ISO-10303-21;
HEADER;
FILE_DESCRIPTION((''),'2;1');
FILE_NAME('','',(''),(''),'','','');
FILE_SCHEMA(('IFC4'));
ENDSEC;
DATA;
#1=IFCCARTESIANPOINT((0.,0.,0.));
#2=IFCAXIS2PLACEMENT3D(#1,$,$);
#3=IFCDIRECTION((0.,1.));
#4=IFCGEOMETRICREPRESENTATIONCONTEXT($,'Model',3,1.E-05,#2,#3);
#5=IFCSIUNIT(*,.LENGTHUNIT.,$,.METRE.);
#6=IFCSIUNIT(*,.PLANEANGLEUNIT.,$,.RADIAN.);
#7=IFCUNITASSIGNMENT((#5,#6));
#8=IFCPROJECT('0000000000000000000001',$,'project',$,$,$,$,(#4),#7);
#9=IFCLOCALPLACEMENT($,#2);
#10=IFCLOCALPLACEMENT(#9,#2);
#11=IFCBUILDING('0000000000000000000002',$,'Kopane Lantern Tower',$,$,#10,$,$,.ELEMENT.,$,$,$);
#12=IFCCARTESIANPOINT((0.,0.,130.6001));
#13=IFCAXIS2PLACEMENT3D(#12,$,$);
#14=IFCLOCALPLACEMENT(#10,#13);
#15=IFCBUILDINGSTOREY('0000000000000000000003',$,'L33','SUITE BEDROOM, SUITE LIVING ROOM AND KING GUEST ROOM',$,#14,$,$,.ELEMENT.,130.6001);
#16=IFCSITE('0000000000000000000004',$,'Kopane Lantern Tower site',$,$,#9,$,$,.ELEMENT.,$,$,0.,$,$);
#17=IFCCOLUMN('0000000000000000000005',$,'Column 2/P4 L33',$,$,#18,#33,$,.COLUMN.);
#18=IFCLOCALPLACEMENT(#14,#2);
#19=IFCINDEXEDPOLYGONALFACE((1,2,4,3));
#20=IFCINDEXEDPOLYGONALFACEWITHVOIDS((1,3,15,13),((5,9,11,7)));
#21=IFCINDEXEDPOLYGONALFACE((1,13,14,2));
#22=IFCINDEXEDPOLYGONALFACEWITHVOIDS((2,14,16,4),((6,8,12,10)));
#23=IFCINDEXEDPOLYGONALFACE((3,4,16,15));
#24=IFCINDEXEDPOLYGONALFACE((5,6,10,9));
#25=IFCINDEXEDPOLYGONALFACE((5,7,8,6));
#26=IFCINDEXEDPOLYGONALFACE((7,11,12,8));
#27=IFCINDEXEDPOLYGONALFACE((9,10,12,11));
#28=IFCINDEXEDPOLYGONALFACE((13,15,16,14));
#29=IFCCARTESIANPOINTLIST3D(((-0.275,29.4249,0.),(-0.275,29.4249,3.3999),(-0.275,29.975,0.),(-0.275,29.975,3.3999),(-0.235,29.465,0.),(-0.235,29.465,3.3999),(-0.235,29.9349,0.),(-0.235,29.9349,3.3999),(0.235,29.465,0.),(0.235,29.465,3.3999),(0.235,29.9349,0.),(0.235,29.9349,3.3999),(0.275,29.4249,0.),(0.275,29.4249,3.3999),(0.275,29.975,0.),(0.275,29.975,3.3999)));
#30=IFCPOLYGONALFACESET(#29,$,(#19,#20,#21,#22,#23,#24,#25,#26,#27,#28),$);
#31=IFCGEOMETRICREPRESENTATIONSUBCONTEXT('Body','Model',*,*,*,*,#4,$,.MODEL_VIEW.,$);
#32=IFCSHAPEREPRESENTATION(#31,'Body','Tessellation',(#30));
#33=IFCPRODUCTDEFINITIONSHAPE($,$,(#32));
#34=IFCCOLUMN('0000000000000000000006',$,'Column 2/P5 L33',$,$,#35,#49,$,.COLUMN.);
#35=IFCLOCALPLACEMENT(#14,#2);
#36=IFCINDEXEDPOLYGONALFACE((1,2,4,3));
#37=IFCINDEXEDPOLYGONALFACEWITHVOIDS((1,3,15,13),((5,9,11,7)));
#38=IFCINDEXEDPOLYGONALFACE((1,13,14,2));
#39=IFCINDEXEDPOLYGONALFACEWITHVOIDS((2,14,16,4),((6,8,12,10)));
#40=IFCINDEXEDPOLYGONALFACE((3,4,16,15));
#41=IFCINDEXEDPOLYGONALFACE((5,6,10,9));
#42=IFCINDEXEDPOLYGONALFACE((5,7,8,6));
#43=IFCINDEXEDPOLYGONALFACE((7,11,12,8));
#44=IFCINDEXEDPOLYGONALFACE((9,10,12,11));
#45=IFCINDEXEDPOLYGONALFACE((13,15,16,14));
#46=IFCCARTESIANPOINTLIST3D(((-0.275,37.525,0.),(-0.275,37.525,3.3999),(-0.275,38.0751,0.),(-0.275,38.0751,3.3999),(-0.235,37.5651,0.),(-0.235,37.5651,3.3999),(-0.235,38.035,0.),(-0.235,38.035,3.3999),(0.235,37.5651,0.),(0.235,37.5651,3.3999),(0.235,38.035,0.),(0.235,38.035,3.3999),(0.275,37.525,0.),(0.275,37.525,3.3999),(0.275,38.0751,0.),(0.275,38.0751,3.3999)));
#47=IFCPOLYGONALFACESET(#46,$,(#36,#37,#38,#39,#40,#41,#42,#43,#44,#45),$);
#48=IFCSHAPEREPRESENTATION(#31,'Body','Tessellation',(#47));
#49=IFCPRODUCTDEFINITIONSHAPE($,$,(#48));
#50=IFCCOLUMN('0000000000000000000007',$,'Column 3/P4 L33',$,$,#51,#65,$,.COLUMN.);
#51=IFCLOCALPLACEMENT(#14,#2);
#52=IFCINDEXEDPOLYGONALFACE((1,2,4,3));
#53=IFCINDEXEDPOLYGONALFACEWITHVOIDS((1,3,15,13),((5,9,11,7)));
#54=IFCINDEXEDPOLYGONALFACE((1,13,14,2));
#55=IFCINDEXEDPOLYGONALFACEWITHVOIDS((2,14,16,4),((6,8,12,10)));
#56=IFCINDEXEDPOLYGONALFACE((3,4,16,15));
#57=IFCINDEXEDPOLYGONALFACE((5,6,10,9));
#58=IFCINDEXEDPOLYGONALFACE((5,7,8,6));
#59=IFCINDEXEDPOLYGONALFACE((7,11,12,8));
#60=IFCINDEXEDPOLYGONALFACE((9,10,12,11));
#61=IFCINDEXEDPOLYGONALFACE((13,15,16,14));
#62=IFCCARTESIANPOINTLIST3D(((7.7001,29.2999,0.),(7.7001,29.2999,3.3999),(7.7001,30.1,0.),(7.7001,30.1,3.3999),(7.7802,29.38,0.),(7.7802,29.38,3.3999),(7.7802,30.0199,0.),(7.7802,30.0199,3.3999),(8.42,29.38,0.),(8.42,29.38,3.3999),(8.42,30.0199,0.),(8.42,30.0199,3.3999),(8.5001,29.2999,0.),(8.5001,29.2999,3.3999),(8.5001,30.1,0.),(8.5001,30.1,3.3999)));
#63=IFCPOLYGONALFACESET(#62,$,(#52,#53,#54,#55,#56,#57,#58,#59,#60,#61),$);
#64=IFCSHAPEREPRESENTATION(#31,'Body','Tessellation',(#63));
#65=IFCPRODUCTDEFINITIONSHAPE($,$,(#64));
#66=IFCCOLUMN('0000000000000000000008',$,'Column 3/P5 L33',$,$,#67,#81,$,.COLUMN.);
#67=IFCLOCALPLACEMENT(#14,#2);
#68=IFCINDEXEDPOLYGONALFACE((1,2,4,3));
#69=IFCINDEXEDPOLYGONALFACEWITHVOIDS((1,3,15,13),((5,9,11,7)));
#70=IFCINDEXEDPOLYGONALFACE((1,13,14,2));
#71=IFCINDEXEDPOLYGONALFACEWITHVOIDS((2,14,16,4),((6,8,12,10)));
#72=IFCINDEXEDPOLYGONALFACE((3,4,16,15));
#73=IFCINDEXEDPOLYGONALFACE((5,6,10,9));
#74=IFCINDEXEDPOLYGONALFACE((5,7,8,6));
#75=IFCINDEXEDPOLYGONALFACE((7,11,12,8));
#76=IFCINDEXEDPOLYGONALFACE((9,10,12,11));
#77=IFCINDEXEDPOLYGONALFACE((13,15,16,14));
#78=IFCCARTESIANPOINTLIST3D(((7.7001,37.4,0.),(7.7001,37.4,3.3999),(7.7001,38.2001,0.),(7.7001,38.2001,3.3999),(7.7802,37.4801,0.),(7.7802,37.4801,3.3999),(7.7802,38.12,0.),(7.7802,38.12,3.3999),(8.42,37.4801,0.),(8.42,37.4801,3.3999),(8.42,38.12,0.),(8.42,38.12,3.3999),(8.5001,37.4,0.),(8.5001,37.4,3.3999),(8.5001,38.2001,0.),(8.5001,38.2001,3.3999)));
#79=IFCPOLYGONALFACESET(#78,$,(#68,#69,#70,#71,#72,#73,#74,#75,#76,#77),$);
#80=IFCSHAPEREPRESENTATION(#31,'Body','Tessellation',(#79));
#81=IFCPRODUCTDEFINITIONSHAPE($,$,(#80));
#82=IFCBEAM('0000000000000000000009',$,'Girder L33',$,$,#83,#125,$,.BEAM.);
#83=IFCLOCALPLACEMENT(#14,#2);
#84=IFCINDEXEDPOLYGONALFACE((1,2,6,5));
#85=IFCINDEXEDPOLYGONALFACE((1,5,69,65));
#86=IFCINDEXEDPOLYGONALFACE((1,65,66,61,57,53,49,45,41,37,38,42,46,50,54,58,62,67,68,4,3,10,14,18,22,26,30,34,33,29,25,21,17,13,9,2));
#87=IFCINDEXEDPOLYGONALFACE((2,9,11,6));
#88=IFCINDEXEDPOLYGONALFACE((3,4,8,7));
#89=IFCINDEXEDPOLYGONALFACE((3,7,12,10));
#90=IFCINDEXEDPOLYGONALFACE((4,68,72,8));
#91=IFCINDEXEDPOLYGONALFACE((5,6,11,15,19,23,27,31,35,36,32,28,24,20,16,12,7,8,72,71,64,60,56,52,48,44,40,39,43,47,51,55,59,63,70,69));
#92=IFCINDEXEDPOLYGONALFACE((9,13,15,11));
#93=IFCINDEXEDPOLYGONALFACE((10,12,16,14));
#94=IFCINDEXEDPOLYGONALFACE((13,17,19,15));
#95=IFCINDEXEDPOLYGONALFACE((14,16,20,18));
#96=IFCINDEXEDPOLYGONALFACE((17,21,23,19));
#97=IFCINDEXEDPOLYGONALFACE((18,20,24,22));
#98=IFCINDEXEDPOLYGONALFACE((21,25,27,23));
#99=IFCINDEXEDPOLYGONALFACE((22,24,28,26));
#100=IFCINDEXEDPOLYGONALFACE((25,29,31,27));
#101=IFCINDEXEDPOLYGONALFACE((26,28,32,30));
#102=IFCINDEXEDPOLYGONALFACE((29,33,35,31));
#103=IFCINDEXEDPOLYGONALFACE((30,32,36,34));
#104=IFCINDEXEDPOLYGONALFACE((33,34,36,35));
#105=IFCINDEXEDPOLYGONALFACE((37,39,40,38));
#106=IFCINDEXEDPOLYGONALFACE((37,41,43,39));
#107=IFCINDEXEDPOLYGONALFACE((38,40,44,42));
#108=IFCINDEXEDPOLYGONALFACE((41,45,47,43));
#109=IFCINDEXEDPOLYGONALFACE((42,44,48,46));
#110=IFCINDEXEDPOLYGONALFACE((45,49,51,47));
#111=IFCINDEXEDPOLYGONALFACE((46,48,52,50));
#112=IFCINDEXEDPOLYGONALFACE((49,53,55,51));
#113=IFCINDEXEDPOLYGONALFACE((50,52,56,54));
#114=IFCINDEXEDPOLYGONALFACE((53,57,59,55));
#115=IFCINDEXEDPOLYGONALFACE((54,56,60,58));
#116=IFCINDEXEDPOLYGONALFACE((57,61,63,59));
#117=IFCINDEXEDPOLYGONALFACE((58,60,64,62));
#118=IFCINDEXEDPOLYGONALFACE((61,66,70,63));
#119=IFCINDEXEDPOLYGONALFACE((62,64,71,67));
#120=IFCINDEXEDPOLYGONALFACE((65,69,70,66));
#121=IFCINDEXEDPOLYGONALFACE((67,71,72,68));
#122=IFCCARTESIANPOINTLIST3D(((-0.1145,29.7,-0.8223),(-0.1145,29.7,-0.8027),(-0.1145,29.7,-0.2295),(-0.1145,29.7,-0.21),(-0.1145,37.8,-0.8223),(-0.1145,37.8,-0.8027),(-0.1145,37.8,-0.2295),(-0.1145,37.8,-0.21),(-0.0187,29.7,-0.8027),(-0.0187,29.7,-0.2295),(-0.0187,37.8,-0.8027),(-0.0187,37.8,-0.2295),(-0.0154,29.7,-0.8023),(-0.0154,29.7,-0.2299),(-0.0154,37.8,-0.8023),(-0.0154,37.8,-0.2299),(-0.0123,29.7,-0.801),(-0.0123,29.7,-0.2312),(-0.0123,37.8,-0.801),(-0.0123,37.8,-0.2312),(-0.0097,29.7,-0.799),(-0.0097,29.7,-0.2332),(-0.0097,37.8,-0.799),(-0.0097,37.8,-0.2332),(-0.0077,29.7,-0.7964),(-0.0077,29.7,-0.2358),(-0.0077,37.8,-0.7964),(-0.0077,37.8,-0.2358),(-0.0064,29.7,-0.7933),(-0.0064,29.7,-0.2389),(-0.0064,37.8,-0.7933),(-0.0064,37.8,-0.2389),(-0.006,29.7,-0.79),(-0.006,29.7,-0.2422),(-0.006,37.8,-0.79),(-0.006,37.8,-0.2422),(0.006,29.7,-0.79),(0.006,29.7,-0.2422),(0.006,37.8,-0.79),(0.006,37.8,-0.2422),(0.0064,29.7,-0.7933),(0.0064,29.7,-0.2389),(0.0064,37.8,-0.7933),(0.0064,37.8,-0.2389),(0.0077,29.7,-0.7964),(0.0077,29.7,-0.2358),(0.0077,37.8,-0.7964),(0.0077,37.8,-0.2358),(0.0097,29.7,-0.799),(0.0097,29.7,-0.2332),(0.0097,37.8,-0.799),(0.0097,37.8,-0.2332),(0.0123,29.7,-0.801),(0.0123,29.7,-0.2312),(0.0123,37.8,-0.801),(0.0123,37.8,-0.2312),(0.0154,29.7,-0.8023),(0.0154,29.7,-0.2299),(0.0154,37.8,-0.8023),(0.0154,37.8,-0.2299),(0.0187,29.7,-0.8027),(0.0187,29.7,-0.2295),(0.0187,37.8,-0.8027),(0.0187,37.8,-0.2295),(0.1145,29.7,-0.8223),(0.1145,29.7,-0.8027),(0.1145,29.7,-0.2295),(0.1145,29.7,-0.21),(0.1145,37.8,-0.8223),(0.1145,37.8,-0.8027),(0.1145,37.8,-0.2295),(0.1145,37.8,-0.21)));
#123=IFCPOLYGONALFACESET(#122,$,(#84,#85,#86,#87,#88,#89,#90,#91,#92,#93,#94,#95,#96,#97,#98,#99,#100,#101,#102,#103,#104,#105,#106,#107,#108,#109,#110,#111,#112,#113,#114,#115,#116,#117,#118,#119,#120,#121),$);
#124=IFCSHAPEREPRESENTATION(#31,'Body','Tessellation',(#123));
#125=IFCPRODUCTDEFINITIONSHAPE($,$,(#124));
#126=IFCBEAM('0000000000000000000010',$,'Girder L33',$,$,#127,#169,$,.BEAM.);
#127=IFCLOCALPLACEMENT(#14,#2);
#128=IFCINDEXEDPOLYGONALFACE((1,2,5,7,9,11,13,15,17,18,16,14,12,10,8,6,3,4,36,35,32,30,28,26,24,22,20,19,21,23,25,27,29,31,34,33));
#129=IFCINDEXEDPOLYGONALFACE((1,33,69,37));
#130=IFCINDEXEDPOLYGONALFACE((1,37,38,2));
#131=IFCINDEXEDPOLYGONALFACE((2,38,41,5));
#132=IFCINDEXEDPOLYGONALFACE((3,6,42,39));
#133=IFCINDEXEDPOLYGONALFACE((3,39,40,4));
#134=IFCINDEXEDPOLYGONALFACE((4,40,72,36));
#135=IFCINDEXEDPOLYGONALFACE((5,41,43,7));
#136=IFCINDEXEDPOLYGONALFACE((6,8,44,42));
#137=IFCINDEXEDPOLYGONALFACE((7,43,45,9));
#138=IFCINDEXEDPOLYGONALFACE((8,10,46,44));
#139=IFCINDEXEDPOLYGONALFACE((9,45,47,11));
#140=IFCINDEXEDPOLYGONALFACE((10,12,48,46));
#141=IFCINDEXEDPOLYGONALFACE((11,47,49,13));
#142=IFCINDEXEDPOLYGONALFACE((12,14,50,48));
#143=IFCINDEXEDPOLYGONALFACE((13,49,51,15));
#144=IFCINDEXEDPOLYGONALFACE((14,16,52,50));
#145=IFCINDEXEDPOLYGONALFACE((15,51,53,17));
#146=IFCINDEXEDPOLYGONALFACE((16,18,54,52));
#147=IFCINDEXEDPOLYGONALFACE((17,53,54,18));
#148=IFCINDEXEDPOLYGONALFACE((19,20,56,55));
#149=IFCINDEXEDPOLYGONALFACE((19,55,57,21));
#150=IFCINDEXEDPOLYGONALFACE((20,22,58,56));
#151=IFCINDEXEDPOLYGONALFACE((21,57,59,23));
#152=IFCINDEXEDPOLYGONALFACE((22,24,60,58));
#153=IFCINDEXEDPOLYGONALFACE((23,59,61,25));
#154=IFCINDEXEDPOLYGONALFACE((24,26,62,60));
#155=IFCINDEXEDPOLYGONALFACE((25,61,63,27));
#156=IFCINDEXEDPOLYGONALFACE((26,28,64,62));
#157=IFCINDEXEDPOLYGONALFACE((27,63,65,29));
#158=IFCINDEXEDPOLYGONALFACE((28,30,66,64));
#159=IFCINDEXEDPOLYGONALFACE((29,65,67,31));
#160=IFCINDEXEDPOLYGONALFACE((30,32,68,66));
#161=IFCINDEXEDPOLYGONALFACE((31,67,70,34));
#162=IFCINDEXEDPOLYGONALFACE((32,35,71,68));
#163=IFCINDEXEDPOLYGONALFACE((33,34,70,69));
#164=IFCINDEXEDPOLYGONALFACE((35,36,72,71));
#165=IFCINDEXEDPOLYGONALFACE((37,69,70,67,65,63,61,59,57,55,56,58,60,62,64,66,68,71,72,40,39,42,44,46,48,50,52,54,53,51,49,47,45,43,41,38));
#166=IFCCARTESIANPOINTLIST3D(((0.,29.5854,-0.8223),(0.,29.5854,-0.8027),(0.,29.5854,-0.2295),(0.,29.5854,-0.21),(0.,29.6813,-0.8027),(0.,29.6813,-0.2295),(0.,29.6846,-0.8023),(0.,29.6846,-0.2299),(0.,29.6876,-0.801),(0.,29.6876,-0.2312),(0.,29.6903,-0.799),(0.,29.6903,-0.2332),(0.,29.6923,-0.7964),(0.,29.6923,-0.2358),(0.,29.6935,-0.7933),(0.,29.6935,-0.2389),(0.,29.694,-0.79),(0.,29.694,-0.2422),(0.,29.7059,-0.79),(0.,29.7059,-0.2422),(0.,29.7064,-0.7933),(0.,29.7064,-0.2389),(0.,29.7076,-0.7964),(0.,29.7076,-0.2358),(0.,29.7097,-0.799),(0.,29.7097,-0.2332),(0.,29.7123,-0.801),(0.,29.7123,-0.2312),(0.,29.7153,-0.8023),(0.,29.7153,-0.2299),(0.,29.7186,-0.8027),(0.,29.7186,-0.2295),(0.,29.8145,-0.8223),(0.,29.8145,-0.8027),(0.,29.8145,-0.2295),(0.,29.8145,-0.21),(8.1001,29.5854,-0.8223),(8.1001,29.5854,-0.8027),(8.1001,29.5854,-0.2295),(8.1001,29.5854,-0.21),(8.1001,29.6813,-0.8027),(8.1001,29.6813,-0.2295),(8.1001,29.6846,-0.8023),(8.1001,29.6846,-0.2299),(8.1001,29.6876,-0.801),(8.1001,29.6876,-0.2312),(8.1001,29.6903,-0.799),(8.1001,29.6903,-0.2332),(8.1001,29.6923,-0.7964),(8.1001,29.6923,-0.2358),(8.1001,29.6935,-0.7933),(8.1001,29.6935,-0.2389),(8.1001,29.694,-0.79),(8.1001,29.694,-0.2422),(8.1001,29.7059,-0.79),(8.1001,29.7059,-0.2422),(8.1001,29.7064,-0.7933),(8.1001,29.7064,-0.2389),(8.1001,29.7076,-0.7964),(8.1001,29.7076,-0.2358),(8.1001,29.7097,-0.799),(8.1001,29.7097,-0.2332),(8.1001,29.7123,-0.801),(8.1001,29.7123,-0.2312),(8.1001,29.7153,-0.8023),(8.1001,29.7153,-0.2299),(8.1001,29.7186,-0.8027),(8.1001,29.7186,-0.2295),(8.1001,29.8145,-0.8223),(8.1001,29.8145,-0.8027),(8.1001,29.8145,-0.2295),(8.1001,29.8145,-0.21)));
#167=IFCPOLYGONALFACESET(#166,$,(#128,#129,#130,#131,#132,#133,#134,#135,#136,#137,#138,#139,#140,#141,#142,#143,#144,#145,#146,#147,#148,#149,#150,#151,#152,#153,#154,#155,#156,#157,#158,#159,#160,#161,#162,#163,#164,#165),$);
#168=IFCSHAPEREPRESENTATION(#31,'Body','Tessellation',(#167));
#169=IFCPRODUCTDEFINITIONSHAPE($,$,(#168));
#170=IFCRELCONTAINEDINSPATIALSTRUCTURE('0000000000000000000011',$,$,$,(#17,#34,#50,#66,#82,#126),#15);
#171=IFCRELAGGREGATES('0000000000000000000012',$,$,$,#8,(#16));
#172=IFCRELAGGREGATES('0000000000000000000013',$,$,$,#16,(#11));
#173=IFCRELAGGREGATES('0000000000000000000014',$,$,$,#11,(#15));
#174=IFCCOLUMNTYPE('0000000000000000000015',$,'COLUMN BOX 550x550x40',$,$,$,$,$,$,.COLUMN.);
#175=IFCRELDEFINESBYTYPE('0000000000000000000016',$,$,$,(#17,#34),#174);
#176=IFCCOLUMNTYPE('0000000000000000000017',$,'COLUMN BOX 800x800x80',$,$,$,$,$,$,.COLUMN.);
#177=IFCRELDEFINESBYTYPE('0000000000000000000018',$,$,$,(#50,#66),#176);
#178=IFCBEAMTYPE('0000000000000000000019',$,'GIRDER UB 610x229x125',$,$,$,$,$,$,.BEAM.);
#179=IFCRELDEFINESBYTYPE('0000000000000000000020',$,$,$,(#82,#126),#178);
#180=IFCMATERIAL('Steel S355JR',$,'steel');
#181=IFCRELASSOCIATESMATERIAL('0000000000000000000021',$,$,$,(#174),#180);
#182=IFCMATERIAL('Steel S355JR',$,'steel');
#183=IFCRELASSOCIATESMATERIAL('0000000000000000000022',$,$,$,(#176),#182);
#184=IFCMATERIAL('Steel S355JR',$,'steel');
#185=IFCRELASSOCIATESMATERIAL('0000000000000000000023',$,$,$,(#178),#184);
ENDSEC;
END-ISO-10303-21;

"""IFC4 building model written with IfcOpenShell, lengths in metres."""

from ifc_helpers import new_model, si_unit, direction, frame, origin, origin_2d, place, context, subcontext, project, spatial, hollow_rectangle, i_section, extrude, material, material_profile, profile_set, type_object, element, save


model = new_model("IFC4")

# Units and contexts
model_context = context("Model", 3, precision=1e-05, world=origin(), true_north=direction((0.0, 1.0)))
body_context = subcontext(model_context, "Body", "Model", "MODEL_VIEW")
ifc_project = project(units=[si_unit("LENGTHUNIT", "METRE"), si_unit("PLANEANGLEUNIT", "RADIAN")], contexts=[model_context])

# Site, building, storey
site_placement = place(None, origin())
site = spatial("IfcSite", under=ifc_project, at=site_placement, Name="Kopane Lantern Tower site", CompositionType="ELEMENT", RefElevation=0.0)
building_placement = place(site_placement, origin())
building = spatial("IfcBuilding", under=site, at=building_placement, Name="Kopane Lantern Tower", CompositionType="ELEMENT")
storey_placement = place(building_placement, frame((0.0, 0.0, 130.6001)))
storey = spatial("IfcBuildingStorey", under=building, at=storey_placement, Name="L33", Description="SUITE BEDROOM, SUITE LIVING ROOM AND KING GUEST ROOM", CompositionType="ELEMENT", Elevation=130.6001)

# Columns
ifc_material_1 = material(Name="Steel S355JR", Category="steel")
ifc_material_profile_1 = material_profile(ifc_material_1, hollow_rectangle(XDim=0.55, YDim=0.55, WallThickness=0.04, at=origin_2d()), Name="BOX 550x550x40")
ifc_profile_set_1 = profile_set([ifc_material_profile_1], Name="Steel S355JR")
column_type_1 = type_object("IfcColumnType", Name="COLUMN BOX 550x550x40", PredefinedType="COLUMN", material=ifc_profile_set_1)
for number, where, z_axis, x_axis, name in (
    (1, (0.0, 29.7, 0.0), (0.0, 0.0, 1.0), (1.0, 0.0, 0.0), "Column 2/P4 L33"),
    (2, (0.0, 37.8, 0.0), (0.0, 0.0, 1.0), (1.0, 0.0, 0.0), "Column 2/P5 L33"),
):
    element("IfcColumn", number, at=place(storey_placement, frame(where, z_axis=z_axis, x_axis=x_axis)), inside=storey, type_object=column_type_1, Name=name, PredefinedType="COLUMN", context=body_context, shape_type="SweptSolid", body=[
        extrude(hollow_rectangle(XDim=0.55, YDim=0.55, WallThickness=0.04, at=origin_2d()), origin(), (0.0, 0.0, 1.0), 3.3999),
    ])
ifc_material_2 = material(Name="Steel S355JR", Category="steel")
ifc_material_profile_2 = material_profile(ifc_material_2, hollow_rectangle(XDim=0.8, YDim=0.8, WallThickness=0.0801, at=origin_2d()), Name="BOX 800x800x80")
ifc_profile_set_2 = profile_set([ifc_material_profile_2], Name="Steel S355JR")
column_type_2 = type_object("IfcColumnType", Name="COLUMN BOX 800x800x80", PredefinedType="COLUMN", material=ifc_profile_set_2)
for number, where, z_axis, x_axis, name in (
    (3, (8.1001, 29.7, 0.0), (0.0, 0.0, 1.0), (1.0, 0.0, 0.0), "Column 3/P4 L33"),
    (4, (8.1001, 37.8, 0.0), (0.0, 0.0, 1.0), (1.0, 0.0, 0.0), "Column 3/P5 L33"),
):
    element("IfcColumn", number, at=place(storey_placement, frame(where, z_axis=z_axis, x_axis=x_axis)), inside=storey, type_object=column_type_2, Name=name, PredefinedType="COLUMN", context=body_context, shape_type="SweptSolid", body=[
        extrude(hollow_rectangle(XDim=0.8, YDim=0.8, WallThickness=0.0801, at=origin_2d()), origin(), (0.0, 0.0, 1.0), 3.3999),
    ])

# Beams
ifc_material_3 = material(Name="Steel S355JR", Category="steel")
ifc_material_profile_3 = material_profile(ifc_material_3, i_section(OverallWidth=0.229, OverallDepth=0.6123, WebThickness=0.012, FlangeThickness=0.0195, FilletRadius=0.0127, at=origin_2d()), Name="UB 610x229x125")
ifc_profile_set_3 = profile_set([ifc_material_profile_3], Name="Steel S355JR")
beam_type = type_object("IfcBeamType", Name="GIRDER UB 610x229x125", PredefinedType="BEAM", material=ifc_profile_set_3)
for number, where, z_axis, x_axis, name in (
    (5, (0.0, 29.7, -0.5161), (0.0, 1.0, 0.0), (-1.0, 0.0, 0.0), "Girder L33"),
    (6, (0.0, 29.7, -0.5161), (1.0, 0.0, 0.0), (0.0, 1.0, 0.0), "Girder L33"),
):
    element("IfcBeam", number, at=place(storey_placement, frame(where, z_axis=z_axis, x_axis=x_axis)), inside=storey, type_object=beam_type, Name=name, PredefinedType="BEAM", context=body_context, shape_type="SweptSolid", body=[
        extrude(i_section(OverallWidth=0.229, OverallDepth=0.6123, WebThickness=0.012, FlangeThickness=0.0195, FilletRadius=0.0127, at=origin_2d()), origin(), (0.0, 0.0, 1.0), 8.1001),
    ])

save(model, "model.ifc")
